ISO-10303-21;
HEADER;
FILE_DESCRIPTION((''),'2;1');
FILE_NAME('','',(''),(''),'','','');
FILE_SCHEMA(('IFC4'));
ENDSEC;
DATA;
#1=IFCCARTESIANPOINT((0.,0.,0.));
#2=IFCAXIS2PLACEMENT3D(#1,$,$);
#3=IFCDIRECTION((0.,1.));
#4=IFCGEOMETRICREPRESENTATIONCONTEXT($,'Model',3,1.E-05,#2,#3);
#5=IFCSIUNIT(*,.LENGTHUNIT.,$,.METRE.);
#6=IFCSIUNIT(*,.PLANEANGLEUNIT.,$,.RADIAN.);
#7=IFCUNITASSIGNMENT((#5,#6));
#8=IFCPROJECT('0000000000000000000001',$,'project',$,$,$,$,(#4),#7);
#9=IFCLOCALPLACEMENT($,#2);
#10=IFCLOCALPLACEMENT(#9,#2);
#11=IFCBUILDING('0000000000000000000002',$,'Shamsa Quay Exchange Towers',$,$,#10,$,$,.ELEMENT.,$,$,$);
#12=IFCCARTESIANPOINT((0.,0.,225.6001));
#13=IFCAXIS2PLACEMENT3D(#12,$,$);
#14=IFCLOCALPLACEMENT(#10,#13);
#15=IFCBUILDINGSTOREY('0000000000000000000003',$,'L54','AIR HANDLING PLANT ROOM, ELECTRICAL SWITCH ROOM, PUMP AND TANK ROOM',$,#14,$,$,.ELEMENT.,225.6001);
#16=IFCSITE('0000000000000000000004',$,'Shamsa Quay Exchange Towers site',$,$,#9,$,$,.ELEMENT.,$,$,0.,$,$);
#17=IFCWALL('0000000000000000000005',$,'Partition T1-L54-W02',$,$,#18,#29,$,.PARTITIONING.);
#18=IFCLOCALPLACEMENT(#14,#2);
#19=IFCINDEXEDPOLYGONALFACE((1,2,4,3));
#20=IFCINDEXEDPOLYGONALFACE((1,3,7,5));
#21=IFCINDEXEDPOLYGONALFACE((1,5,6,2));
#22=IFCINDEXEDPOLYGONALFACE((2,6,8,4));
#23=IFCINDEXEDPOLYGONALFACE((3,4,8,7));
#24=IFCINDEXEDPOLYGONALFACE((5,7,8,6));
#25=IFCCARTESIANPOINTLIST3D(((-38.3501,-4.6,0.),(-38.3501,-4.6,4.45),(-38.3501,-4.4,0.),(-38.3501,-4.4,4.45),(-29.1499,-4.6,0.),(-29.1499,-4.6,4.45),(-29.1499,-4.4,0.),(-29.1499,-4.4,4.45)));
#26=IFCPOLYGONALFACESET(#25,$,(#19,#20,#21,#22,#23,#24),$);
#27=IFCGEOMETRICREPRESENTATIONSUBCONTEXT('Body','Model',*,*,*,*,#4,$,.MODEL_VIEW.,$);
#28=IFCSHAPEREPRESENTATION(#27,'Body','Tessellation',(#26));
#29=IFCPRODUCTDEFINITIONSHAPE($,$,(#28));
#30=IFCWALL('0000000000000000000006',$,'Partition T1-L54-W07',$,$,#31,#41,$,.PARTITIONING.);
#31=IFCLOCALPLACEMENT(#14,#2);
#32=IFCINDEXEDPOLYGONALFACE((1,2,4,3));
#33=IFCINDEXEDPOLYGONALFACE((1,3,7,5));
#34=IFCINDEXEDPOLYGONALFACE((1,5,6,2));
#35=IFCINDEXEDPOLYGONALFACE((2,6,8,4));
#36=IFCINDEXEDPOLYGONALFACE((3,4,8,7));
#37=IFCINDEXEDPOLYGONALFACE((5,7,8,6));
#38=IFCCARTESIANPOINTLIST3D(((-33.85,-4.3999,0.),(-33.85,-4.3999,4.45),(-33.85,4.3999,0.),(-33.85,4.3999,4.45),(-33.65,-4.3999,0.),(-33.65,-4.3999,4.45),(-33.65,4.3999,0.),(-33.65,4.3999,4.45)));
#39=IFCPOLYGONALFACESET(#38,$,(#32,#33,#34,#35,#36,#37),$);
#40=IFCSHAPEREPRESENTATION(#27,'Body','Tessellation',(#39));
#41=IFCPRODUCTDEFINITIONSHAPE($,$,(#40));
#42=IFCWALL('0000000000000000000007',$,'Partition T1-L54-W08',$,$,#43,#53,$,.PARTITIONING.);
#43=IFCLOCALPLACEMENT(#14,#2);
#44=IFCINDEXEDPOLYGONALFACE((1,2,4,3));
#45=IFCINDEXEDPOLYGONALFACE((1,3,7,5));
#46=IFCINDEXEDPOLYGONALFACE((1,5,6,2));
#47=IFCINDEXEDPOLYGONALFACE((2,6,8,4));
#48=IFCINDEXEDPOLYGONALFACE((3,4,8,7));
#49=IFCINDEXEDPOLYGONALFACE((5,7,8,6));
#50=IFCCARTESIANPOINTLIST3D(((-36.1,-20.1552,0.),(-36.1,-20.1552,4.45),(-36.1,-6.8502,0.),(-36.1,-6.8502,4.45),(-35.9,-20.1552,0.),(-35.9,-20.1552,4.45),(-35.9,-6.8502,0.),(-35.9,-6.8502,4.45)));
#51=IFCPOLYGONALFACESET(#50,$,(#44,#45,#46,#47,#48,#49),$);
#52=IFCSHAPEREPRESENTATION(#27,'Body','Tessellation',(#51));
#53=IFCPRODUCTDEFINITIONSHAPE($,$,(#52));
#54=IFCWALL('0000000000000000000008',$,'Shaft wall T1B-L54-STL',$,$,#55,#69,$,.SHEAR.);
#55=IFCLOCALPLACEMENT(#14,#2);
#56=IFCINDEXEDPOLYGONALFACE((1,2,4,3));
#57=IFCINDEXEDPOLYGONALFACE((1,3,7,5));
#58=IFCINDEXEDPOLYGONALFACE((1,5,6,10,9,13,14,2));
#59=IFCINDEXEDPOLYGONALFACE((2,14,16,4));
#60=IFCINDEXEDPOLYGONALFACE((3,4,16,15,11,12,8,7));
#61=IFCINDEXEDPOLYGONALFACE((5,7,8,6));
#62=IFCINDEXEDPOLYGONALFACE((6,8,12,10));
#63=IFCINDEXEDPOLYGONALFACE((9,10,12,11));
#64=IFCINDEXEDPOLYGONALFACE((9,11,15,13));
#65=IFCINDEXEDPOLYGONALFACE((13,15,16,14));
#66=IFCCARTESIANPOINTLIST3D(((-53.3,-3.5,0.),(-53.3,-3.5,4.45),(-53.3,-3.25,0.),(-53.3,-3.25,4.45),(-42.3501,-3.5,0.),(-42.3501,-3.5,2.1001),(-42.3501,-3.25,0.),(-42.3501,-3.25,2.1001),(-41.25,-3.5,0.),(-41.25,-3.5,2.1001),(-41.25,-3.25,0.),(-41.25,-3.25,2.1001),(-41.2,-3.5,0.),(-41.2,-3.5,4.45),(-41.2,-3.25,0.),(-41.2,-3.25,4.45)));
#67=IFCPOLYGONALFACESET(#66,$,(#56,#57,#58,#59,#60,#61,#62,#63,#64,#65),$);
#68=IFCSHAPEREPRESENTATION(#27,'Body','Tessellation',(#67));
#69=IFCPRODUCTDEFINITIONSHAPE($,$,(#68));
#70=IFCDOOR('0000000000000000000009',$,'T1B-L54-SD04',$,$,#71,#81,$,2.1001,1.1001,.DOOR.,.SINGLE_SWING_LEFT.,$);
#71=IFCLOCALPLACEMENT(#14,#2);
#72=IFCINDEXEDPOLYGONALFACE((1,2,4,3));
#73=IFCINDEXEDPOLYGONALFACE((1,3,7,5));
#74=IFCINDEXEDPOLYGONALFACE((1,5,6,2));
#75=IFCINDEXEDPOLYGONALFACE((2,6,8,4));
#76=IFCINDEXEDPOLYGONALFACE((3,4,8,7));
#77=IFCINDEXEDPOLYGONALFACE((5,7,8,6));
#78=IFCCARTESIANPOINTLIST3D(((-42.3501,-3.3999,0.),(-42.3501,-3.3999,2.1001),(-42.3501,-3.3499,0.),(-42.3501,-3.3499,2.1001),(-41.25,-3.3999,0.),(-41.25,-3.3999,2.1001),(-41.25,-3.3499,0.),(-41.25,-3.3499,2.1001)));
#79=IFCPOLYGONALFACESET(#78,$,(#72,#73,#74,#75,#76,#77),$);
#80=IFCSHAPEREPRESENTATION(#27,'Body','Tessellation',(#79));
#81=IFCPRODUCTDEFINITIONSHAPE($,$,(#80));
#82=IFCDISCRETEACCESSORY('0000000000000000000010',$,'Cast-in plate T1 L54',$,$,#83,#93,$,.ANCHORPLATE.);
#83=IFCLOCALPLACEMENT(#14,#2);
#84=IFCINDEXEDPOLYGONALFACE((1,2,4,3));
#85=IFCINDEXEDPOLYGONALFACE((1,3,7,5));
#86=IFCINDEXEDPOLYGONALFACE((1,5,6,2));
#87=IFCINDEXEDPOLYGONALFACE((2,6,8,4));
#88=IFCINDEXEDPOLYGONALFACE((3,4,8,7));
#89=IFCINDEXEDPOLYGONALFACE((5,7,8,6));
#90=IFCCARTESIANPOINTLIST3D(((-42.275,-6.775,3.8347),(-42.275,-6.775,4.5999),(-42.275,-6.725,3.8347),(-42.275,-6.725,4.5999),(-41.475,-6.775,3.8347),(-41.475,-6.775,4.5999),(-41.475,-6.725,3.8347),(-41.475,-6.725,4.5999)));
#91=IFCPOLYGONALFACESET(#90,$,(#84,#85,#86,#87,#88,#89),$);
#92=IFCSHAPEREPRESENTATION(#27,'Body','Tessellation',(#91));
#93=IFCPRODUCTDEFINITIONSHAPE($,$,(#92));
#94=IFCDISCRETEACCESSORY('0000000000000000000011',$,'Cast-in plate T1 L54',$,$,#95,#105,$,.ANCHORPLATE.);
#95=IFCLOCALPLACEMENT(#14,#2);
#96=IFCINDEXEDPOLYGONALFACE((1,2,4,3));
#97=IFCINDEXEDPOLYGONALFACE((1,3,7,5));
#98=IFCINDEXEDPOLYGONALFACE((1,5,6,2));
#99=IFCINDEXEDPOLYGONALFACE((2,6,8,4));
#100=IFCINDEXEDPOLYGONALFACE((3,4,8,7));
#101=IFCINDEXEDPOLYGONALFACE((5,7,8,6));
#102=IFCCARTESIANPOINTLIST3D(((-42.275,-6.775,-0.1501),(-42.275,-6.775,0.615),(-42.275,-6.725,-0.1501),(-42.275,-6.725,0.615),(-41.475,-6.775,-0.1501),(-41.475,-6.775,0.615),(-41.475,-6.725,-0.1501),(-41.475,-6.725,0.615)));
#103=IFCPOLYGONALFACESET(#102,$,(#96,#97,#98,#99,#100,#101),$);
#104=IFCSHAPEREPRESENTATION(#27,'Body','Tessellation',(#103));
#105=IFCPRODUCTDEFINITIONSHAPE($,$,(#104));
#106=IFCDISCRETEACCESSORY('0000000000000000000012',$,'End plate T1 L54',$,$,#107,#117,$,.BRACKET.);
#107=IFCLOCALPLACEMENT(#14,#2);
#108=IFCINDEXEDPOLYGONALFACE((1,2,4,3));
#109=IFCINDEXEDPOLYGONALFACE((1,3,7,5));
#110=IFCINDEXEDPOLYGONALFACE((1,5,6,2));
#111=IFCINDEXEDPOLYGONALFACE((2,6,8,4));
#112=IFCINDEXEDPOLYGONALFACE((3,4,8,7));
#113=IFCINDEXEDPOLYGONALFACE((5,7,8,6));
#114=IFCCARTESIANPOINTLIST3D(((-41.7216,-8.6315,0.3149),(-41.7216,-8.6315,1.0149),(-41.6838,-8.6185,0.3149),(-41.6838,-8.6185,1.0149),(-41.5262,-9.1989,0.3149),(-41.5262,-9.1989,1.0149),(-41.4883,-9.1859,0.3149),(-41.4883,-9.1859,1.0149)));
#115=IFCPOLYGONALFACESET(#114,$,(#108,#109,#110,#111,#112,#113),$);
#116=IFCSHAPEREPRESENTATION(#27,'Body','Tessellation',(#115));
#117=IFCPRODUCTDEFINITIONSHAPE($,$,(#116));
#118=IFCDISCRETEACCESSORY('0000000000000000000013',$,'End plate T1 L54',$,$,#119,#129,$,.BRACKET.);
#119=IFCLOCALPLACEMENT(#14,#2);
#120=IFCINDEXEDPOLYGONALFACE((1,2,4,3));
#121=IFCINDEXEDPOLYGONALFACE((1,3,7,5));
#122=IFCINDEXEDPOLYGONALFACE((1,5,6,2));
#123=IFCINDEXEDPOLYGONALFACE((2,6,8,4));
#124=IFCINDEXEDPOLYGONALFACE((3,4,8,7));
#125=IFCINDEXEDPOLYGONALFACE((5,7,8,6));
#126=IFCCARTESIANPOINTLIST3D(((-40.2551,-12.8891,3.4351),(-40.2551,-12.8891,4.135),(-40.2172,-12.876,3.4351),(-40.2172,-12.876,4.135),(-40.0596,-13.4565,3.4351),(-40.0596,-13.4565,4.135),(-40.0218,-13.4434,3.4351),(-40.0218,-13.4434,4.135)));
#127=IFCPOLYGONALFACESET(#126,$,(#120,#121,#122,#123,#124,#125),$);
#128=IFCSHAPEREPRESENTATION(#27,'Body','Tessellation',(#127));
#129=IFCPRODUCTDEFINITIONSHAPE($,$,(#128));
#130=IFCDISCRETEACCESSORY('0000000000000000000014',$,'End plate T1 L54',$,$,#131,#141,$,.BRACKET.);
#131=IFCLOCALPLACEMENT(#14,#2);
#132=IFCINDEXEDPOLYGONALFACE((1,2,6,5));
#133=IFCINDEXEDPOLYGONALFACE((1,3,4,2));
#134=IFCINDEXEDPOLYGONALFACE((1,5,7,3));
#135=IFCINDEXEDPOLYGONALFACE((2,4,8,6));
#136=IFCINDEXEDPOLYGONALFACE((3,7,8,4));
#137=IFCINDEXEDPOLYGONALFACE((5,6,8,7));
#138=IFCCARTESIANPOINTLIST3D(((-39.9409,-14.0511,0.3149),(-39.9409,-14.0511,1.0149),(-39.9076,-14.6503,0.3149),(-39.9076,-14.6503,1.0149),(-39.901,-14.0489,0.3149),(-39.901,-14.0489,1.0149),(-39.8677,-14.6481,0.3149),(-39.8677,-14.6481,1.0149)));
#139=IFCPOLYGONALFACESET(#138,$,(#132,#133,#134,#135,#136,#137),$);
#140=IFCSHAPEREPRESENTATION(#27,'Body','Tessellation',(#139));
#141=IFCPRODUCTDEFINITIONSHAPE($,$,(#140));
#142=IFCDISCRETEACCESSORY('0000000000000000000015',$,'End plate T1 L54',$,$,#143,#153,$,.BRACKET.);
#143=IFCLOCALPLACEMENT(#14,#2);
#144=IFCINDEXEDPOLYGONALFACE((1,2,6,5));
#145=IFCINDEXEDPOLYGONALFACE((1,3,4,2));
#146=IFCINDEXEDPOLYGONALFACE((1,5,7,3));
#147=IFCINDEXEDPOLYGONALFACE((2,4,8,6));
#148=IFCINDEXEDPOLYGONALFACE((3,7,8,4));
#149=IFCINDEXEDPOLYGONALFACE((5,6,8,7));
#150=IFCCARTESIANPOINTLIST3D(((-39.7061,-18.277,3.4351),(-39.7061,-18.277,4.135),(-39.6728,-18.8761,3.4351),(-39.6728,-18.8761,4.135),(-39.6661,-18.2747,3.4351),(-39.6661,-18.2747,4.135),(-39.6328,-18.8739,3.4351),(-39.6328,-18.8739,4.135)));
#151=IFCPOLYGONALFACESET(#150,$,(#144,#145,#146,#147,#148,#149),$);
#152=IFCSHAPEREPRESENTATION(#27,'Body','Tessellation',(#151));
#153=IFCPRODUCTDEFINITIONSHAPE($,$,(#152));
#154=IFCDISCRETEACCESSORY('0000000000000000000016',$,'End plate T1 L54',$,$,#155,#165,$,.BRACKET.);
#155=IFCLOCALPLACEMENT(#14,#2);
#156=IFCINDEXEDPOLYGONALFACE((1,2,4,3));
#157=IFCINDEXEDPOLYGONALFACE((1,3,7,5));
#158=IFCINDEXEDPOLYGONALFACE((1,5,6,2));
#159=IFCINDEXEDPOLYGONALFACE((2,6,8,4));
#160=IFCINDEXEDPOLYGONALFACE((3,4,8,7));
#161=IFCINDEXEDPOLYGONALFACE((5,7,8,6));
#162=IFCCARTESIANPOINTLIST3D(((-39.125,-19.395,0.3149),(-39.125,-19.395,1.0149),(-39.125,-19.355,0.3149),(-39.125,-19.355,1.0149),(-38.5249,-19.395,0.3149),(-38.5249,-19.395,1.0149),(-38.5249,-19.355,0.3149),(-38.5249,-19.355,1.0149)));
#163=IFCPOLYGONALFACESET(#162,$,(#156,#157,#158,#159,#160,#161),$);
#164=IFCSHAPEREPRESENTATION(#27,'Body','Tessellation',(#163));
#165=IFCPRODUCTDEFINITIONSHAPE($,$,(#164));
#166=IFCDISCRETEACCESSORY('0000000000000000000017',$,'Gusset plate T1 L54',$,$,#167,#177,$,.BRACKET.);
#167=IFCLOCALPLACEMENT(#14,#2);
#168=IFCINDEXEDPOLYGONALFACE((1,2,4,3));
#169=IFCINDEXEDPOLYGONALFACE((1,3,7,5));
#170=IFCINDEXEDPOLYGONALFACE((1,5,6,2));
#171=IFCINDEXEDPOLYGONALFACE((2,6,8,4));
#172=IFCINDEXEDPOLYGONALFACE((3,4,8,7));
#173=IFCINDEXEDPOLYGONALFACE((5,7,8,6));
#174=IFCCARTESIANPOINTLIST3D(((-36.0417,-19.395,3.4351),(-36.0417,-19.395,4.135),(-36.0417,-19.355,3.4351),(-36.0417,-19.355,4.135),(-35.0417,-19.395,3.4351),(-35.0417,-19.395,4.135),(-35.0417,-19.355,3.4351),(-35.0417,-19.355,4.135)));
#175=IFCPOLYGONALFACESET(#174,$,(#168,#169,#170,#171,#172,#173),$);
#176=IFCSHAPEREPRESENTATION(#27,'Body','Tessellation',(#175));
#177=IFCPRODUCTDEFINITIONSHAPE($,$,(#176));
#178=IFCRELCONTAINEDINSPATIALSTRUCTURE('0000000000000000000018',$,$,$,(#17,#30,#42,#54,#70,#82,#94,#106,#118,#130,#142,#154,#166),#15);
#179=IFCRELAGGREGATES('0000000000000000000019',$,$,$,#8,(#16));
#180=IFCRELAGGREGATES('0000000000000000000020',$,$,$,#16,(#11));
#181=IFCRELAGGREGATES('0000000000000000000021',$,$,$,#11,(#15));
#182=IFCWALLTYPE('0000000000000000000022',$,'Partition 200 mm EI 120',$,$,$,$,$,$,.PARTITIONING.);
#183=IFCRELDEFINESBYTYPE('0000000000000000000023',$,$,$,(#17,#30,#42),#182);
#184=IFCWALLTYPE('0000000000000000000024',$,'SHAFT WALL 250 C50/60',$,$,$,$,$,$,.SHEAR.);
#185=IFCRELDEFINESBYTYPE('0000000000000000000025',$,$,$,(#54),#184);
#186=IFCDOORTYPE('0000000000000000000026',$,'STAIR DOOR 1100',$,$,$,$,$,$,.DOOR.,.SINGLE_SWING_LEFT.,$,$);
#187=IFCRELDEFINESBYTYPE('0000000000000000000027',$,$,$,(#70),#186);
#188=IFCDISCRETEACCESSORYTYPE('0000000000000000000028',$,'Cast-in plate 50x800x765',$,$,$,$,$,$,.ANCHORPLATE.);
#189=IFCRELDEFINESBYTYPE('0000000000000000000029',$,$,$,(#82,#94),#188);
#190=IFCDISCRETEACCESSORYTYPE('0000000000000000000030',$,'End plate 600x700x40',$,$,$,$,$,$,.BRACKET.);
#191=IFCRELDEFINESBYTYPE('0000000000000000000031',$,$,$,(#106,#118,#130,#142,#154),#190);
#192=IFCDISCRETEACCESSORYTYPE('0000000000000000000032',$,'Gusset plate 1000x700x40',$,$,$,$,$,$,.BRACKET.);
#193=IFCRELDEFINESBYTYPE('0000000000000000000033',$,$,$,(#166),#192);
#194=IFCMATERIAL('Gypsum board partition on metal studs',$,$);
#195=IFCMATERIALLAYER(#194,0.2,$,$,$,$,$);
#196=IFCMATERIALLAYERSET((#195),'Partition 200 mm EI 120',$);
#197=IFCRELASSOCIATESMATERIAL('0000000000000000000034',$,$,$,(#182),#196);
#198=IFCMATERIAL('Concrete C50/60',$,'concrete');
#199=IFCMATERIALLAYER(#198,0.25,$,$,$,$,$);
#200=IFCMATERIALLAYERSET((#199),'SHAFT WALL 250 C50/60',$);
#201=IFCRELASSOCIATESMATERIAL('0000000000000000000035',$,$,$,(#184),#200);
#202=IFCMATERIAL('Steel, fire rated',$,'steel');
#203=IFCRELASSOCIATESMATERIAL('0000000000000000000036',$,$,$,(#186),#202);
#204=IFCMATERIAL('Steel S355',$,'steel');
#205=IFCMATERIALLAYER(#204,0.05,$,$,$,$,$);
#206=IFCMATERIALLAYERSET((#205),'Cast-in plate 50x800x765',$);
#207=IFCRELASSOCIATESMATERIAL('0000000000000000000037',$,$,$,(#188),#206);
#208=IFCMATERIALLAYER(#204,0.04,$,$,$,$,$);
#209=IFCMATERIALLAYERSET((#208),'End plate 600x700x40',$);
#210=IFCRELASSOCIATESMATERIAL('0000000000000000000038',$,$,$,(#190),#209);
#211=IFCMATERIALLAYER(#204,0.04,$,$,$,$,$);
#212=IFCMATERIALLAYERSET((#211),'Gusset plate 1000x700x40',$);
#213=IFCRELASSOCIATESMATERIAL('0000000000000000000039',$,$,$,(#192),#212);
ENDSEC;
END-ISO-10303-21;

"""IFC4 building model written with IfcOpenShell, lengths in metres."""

from ifc_helpers import new_model, si_unit, direction, frame, frame_2d, origin, origin_2d, place, context, subcontext, project, spatial, rectangle, extrude, material, layer, layer_set, type_object, element, fill, save


model = new_model("IFC4")

# Units and contexts
model_context = context("Model", 3, precision=1e-05, world=origin(), true_north=direction((0.0, 1.0)))
body_context = subcontext(model_context, "Body", "Model", "MODEL_VIEW")
ifc_project = project(units=[si_unit("LENGTHUNIT", "METRE"), si_unit("PLANEANGLEUNIT", "RADIAN")], contexts=[model_context])

# Site, building, storey
site_placement = place(None, origin())
site = spatial("IfcSite", under=ifc_project, at=site_placement, Name="Shamsa Quay Exchange Towers site", CompositionType="ELEMENT", RefElevation=0.0)
building_placement = place(site_placement, origin())
building = spatial("IfcBuilding", under=site, at=building_placement, Name="Shamsa Quay Exchange Towers", CompositionType="ELEMENT")
storey_placement = place(building_placement, frame((0.0, 0.0, 225.6001)))
storey = spatial("IfcBuildingStorey", under=building, at=storey_placement, Name="L54", Description="AIR HANDLING PLANT ROOM, ELECTRICAL SWITCH ROOM, PUMP AND TANK ROOM", CompositionType="ELEMENT", Elevation=225.6001)

# Shared definitions
ifc_material_1 = material(Name="Steel S355", Category="steel")

# Shared definitions
ifc_material_2 = material(Name="Steel, fire rated", Category="steel")

# Walls
ifc_material_3 = material(Name="Gypsum board partition on metal studs")
ifc_layer_1 = layer(ifc_material_3, 0.2)
ifc_layer_set_1 = layer_set([ifc_layer_1], Name="Partition 200 mm EI 120")
wall_type_1 = type_object("IfcWallType", Name="Partition 200 mm EI 120", PredefinedType="PARTITIONING", material=ifc_layer_set_1)
wall_1_placement = place(storey_placement, frame((-38.3501, -4.5, 0.0)))
element("IfcWall", 1, at=wall_1_placement, inside=storey, type_object=wall_type_1, Name="Partition T1-L54-W02", PredefinedType="PARTITIONING", context=body_context, shape_type="SweptSolid", body=[
    extrude(rectangle(XDim=9.2002, YDim=0.2, at=frame_2d((4.6001, 0.0))), origin(), (0.0, 0.0, 1.0), 4.45),
])
wall_2_placement = place(storey_placement, frame((-33.75, -4.3999, 0.0), z_axis=(0.0, 0.0, 1.0), x_axis=(0.0, 1.0, 0.0)))
element("IfcWall", 2, at=wall_2_placement, inside=storey, type_object=wall_type_1, Name="Partition T1-L54-W07", PredefinedType="PARTITIONING", context=body_context, shape_type="SweptSolid", body=[
    extrude(rectangle(XDim=8.7998, YDim=0.2, at=frame_2d((4.3999, 0.0))), origin(), (0.0, 0.0, 1.0), 4.45),
])
wall_3_placement = place(storey_placement, frame((-36.0, -20.155, 0.0), z_axis=(0.0, 0.0, 1.0), x_axis=(0.0, 1.0, 0.0)))
element("IfcWall", 3, at=wall_3_placement, inside=storey, type_object=wall_type_1, Name="Partition T1-L54-W08", PredefinedType="PARTITIONING", context=body_context, shape_type="SweptSolid", body=[
    extrude(rectangle(XDim=13.3049, YDim=0.2, at=frame_2d((6.6523, 0.0))), origin(), (0.0, 0.0, 1.0), 4.45),
])

# Wall, opening, door
ifc_material_4 = material(Name="Concrete C50/60", Category="concrete")
ifc_layer_2 = layer(ifc_material_4, 0.25)
ifc_layer_set_2 = layer_set([ifc_layer_2], Name="SHAFT WALL 250 C50/60")
wall_type_2 = type_object("IfcWallType", Name="SHAFT WALL 250 C50/60", PredefinedType="SHEAR", material=ifc_layer_set_2)
wall_4_placement = place(storey_placement, frame((-41.2, -3.375, 0.0), z_axis=(0.0, 0.0, 1.0), x_axis=(-1.0, 0.0, 0.0)))
wall_4 = element("IfcWall", 4, at=wall_4_placement, inside=storey, type_object=wall_type_2, Name="Shaft wall T1B-L54-STL", PredefinedType="SHEAR", context=body_context, shape_type="SweptSolid", body=[
    extrude(rectangle(XDim=12.1001, YDim=0.25, at=frame_2d((6.05, 0.0))), origin(), (0.0, 0.0, 1.0), 4.45),
])
opening_1_placement = place(wall_4_placement, frame((0.05, 0.0, 0.0)))
opening_1 = element("IfcOpeningElement", 5, at=opening_1_placement, cuts=wall_4, PredefinedType="OPENING", context=body_context, shape_type="SweptSolid", body=[
    extrude(rectangle(XDim=1.1001, YDim=2.1001, at=frame_2d((0.55, 1.05))), frame((0.0, 0.135, 0.0), z_axis=(0.0, -1.0, 0.0), x_axis=(1.0, 0.0, 0.0)), (0.0, 0.0, 1.0), 0.27),
])
door_type_1 = type_object("IfcDoorType", Name="STAIR DOOR 1100", OperationType="SINGLE_SWING_LEFT", PredefinedType="DOOR", material=ifc_material_2)
door_1_placement = place(opening_1_placement, origin())
door_1 = element("IfcDoor", 6, at=door_1_placement, inside=storey, type_object=door_type_1, Name="T1B-L54-SD04", OperationType="SINGLE_SWING_LEFT", OverallHeight=2.1001, OverallWidth=1.1001, PredefinedType="DOOR", context=body_context, shape_type="SweptSolid", body=[
    extrude(rectangle(XDim=1.1001, YDim=2.1001, at=frame_2d((0.55, 1.05))), frame((0.0, 0.0249, 0.0), z_axis=(0.0, -1.0, 0.0), x_axis=(1.0, 0.0, 0.0)), (0.0, 0.0, 1.0), 0.05),
])
fill(opening_1, door_1)

# Discrete accessories
ifc_layer_3 = layer(ifc_material_1, 0.05)
ifc_layer_set_3 = layer_set([ifc_layer_3], Name="Cast-in plate 50x800x765")
discrete_accessory_type_1 = type_object("IfcDiscreteAccessoryType", Name="Cast-in plate 50x800x765", PredefinedType="ANCHORPLATE", material=ifc_layer_set_3)
for number, where, z_axis, x_axis, name in (
    (7, (-41.875, -6.75, 3.8347), (0.0, 0.0, 1.0), (0.0, 1.0, 0.0), "Cast-in plate T1 L54"),
    (8, (-41.875, -6.75, -0.1501), (0.0, 0.0, 1.0), (0.0, 1.0, 0.0), "Cast-in plate T1 L54"),
):
    element("IfcDiscreteAccessory", number, at=place(storey_placement, frame(where, z_axis=z_axis, x_axis=x_axis)), inside=storey, type_object=discrete_accessory_type_1, Name=name, PredefinedType="ANCHORPLATE", context=body_context, shape_type="SweptSolid", body=[
        extrude(rectangle(XDim=0.05, YDim=0.8, at=origin_2d()), origin(), (0.0, 0.0, 1.0), 0.7651),
    ])
ifc_layer_4 = layer(ifc_material_1, 0.04)
ifc_layer_set_4 = layer_set([ifc_layer_4], Name="End plate 600x700x40")
discrete_accessory_type_2 = type_object("IfcDiscreteAccessoryType", Name="End plate 600x700x40", PredefinedType="BRACKET", material=ifc_layer_set_4)
for number, where, z_axis, x_axis, name in (
    (9, (-41.605, -8.9087, 0.3149), (0.0, 0.0, 1.0), (0.325667, -0.945485, 0.0), "End plate T1 L54"),
    (10, (-40.1384, -13.1663, 3.4351), (0.0, 0.0, 1.0), (0.325667, -0.945485, 0.0), "End plate T1 L54"),
    (11, (-39.9043, -14.3496, 0.3149), (0.0, 0.0, 1.0), (0.05547, -0.99846, 0.0), "End plate T1 L54"),
    (12, (-39.6694, -18.5754, 3.4351), (0.0, 0.0, 1.0), (0.05547, -0.99846, 0.0), "End plate T1 L54"),
):
    element("IfcDiscreteAccessory", number, at=place(storey_placement, frame(where, z_axis=z_axis, x_axis=x_axis)), inside=storey, type_object=discrete_accessory_type_2, Name=name, PredefinedType="BRACKET", context=body_context, shape_type="SweptSolid", body=[
        extrude(rectangle(XDim=0.6001, YDim=0.04, at=origin_2d()), origin(), (0.0, 0.0, 1.0), 0.7),
    ])
discrete_accessory_1_placement = place(storey_placement, frame((-38.825, -19.375, 0.3149)))
element("IfcDiscreteAccessory", 13, at=discrete_accessory_1_placement, inside=storey, type_object=discrete_accessory_type_2, Name="End plate T1 L54", PredefinedType="BRACKET", context=body_context, shape_type="SweptSolid", body=[
    extrude(rectangle(XDim=0.6001, YDim=0.04, at=origin_2d()), origin(), (0.0, 0.0, 1.0), 0.7),
])
ifc_layer_5 = layer(ifc_material_1, 0.04)
ifc_layer_set_5 = layer_set([ifc_layer_5], Name="Gusset plate 1000x700x40")
discrete_accessory_type_3 = type_object("IfcDiscreteAccessoryType", Name="Gusset plate 1000x700x40", PredefinedType="BRACKET", material=ifc_layer_set_5)
discrete_accessory_2_placement = place(storey_placement, frame((-35.5417, -19.375, 3.4351)))
element("IfcDiscreteAccessory", 14, at=discrete_accessory_2_placement, inside=storey, type_object=discrete_accessory_type_3, Name="Gusset plate T1 L54", PredefinedType="BRACKET", context=body_context, shape_type="SweptSolid", body=[
    extrude(rectangle(XDim=1.0, YDim=0.04, at=origin_2d()), origin(), (0.0, 0.0, 1.0), 0.7),
])

save(model, "model.ifc")
